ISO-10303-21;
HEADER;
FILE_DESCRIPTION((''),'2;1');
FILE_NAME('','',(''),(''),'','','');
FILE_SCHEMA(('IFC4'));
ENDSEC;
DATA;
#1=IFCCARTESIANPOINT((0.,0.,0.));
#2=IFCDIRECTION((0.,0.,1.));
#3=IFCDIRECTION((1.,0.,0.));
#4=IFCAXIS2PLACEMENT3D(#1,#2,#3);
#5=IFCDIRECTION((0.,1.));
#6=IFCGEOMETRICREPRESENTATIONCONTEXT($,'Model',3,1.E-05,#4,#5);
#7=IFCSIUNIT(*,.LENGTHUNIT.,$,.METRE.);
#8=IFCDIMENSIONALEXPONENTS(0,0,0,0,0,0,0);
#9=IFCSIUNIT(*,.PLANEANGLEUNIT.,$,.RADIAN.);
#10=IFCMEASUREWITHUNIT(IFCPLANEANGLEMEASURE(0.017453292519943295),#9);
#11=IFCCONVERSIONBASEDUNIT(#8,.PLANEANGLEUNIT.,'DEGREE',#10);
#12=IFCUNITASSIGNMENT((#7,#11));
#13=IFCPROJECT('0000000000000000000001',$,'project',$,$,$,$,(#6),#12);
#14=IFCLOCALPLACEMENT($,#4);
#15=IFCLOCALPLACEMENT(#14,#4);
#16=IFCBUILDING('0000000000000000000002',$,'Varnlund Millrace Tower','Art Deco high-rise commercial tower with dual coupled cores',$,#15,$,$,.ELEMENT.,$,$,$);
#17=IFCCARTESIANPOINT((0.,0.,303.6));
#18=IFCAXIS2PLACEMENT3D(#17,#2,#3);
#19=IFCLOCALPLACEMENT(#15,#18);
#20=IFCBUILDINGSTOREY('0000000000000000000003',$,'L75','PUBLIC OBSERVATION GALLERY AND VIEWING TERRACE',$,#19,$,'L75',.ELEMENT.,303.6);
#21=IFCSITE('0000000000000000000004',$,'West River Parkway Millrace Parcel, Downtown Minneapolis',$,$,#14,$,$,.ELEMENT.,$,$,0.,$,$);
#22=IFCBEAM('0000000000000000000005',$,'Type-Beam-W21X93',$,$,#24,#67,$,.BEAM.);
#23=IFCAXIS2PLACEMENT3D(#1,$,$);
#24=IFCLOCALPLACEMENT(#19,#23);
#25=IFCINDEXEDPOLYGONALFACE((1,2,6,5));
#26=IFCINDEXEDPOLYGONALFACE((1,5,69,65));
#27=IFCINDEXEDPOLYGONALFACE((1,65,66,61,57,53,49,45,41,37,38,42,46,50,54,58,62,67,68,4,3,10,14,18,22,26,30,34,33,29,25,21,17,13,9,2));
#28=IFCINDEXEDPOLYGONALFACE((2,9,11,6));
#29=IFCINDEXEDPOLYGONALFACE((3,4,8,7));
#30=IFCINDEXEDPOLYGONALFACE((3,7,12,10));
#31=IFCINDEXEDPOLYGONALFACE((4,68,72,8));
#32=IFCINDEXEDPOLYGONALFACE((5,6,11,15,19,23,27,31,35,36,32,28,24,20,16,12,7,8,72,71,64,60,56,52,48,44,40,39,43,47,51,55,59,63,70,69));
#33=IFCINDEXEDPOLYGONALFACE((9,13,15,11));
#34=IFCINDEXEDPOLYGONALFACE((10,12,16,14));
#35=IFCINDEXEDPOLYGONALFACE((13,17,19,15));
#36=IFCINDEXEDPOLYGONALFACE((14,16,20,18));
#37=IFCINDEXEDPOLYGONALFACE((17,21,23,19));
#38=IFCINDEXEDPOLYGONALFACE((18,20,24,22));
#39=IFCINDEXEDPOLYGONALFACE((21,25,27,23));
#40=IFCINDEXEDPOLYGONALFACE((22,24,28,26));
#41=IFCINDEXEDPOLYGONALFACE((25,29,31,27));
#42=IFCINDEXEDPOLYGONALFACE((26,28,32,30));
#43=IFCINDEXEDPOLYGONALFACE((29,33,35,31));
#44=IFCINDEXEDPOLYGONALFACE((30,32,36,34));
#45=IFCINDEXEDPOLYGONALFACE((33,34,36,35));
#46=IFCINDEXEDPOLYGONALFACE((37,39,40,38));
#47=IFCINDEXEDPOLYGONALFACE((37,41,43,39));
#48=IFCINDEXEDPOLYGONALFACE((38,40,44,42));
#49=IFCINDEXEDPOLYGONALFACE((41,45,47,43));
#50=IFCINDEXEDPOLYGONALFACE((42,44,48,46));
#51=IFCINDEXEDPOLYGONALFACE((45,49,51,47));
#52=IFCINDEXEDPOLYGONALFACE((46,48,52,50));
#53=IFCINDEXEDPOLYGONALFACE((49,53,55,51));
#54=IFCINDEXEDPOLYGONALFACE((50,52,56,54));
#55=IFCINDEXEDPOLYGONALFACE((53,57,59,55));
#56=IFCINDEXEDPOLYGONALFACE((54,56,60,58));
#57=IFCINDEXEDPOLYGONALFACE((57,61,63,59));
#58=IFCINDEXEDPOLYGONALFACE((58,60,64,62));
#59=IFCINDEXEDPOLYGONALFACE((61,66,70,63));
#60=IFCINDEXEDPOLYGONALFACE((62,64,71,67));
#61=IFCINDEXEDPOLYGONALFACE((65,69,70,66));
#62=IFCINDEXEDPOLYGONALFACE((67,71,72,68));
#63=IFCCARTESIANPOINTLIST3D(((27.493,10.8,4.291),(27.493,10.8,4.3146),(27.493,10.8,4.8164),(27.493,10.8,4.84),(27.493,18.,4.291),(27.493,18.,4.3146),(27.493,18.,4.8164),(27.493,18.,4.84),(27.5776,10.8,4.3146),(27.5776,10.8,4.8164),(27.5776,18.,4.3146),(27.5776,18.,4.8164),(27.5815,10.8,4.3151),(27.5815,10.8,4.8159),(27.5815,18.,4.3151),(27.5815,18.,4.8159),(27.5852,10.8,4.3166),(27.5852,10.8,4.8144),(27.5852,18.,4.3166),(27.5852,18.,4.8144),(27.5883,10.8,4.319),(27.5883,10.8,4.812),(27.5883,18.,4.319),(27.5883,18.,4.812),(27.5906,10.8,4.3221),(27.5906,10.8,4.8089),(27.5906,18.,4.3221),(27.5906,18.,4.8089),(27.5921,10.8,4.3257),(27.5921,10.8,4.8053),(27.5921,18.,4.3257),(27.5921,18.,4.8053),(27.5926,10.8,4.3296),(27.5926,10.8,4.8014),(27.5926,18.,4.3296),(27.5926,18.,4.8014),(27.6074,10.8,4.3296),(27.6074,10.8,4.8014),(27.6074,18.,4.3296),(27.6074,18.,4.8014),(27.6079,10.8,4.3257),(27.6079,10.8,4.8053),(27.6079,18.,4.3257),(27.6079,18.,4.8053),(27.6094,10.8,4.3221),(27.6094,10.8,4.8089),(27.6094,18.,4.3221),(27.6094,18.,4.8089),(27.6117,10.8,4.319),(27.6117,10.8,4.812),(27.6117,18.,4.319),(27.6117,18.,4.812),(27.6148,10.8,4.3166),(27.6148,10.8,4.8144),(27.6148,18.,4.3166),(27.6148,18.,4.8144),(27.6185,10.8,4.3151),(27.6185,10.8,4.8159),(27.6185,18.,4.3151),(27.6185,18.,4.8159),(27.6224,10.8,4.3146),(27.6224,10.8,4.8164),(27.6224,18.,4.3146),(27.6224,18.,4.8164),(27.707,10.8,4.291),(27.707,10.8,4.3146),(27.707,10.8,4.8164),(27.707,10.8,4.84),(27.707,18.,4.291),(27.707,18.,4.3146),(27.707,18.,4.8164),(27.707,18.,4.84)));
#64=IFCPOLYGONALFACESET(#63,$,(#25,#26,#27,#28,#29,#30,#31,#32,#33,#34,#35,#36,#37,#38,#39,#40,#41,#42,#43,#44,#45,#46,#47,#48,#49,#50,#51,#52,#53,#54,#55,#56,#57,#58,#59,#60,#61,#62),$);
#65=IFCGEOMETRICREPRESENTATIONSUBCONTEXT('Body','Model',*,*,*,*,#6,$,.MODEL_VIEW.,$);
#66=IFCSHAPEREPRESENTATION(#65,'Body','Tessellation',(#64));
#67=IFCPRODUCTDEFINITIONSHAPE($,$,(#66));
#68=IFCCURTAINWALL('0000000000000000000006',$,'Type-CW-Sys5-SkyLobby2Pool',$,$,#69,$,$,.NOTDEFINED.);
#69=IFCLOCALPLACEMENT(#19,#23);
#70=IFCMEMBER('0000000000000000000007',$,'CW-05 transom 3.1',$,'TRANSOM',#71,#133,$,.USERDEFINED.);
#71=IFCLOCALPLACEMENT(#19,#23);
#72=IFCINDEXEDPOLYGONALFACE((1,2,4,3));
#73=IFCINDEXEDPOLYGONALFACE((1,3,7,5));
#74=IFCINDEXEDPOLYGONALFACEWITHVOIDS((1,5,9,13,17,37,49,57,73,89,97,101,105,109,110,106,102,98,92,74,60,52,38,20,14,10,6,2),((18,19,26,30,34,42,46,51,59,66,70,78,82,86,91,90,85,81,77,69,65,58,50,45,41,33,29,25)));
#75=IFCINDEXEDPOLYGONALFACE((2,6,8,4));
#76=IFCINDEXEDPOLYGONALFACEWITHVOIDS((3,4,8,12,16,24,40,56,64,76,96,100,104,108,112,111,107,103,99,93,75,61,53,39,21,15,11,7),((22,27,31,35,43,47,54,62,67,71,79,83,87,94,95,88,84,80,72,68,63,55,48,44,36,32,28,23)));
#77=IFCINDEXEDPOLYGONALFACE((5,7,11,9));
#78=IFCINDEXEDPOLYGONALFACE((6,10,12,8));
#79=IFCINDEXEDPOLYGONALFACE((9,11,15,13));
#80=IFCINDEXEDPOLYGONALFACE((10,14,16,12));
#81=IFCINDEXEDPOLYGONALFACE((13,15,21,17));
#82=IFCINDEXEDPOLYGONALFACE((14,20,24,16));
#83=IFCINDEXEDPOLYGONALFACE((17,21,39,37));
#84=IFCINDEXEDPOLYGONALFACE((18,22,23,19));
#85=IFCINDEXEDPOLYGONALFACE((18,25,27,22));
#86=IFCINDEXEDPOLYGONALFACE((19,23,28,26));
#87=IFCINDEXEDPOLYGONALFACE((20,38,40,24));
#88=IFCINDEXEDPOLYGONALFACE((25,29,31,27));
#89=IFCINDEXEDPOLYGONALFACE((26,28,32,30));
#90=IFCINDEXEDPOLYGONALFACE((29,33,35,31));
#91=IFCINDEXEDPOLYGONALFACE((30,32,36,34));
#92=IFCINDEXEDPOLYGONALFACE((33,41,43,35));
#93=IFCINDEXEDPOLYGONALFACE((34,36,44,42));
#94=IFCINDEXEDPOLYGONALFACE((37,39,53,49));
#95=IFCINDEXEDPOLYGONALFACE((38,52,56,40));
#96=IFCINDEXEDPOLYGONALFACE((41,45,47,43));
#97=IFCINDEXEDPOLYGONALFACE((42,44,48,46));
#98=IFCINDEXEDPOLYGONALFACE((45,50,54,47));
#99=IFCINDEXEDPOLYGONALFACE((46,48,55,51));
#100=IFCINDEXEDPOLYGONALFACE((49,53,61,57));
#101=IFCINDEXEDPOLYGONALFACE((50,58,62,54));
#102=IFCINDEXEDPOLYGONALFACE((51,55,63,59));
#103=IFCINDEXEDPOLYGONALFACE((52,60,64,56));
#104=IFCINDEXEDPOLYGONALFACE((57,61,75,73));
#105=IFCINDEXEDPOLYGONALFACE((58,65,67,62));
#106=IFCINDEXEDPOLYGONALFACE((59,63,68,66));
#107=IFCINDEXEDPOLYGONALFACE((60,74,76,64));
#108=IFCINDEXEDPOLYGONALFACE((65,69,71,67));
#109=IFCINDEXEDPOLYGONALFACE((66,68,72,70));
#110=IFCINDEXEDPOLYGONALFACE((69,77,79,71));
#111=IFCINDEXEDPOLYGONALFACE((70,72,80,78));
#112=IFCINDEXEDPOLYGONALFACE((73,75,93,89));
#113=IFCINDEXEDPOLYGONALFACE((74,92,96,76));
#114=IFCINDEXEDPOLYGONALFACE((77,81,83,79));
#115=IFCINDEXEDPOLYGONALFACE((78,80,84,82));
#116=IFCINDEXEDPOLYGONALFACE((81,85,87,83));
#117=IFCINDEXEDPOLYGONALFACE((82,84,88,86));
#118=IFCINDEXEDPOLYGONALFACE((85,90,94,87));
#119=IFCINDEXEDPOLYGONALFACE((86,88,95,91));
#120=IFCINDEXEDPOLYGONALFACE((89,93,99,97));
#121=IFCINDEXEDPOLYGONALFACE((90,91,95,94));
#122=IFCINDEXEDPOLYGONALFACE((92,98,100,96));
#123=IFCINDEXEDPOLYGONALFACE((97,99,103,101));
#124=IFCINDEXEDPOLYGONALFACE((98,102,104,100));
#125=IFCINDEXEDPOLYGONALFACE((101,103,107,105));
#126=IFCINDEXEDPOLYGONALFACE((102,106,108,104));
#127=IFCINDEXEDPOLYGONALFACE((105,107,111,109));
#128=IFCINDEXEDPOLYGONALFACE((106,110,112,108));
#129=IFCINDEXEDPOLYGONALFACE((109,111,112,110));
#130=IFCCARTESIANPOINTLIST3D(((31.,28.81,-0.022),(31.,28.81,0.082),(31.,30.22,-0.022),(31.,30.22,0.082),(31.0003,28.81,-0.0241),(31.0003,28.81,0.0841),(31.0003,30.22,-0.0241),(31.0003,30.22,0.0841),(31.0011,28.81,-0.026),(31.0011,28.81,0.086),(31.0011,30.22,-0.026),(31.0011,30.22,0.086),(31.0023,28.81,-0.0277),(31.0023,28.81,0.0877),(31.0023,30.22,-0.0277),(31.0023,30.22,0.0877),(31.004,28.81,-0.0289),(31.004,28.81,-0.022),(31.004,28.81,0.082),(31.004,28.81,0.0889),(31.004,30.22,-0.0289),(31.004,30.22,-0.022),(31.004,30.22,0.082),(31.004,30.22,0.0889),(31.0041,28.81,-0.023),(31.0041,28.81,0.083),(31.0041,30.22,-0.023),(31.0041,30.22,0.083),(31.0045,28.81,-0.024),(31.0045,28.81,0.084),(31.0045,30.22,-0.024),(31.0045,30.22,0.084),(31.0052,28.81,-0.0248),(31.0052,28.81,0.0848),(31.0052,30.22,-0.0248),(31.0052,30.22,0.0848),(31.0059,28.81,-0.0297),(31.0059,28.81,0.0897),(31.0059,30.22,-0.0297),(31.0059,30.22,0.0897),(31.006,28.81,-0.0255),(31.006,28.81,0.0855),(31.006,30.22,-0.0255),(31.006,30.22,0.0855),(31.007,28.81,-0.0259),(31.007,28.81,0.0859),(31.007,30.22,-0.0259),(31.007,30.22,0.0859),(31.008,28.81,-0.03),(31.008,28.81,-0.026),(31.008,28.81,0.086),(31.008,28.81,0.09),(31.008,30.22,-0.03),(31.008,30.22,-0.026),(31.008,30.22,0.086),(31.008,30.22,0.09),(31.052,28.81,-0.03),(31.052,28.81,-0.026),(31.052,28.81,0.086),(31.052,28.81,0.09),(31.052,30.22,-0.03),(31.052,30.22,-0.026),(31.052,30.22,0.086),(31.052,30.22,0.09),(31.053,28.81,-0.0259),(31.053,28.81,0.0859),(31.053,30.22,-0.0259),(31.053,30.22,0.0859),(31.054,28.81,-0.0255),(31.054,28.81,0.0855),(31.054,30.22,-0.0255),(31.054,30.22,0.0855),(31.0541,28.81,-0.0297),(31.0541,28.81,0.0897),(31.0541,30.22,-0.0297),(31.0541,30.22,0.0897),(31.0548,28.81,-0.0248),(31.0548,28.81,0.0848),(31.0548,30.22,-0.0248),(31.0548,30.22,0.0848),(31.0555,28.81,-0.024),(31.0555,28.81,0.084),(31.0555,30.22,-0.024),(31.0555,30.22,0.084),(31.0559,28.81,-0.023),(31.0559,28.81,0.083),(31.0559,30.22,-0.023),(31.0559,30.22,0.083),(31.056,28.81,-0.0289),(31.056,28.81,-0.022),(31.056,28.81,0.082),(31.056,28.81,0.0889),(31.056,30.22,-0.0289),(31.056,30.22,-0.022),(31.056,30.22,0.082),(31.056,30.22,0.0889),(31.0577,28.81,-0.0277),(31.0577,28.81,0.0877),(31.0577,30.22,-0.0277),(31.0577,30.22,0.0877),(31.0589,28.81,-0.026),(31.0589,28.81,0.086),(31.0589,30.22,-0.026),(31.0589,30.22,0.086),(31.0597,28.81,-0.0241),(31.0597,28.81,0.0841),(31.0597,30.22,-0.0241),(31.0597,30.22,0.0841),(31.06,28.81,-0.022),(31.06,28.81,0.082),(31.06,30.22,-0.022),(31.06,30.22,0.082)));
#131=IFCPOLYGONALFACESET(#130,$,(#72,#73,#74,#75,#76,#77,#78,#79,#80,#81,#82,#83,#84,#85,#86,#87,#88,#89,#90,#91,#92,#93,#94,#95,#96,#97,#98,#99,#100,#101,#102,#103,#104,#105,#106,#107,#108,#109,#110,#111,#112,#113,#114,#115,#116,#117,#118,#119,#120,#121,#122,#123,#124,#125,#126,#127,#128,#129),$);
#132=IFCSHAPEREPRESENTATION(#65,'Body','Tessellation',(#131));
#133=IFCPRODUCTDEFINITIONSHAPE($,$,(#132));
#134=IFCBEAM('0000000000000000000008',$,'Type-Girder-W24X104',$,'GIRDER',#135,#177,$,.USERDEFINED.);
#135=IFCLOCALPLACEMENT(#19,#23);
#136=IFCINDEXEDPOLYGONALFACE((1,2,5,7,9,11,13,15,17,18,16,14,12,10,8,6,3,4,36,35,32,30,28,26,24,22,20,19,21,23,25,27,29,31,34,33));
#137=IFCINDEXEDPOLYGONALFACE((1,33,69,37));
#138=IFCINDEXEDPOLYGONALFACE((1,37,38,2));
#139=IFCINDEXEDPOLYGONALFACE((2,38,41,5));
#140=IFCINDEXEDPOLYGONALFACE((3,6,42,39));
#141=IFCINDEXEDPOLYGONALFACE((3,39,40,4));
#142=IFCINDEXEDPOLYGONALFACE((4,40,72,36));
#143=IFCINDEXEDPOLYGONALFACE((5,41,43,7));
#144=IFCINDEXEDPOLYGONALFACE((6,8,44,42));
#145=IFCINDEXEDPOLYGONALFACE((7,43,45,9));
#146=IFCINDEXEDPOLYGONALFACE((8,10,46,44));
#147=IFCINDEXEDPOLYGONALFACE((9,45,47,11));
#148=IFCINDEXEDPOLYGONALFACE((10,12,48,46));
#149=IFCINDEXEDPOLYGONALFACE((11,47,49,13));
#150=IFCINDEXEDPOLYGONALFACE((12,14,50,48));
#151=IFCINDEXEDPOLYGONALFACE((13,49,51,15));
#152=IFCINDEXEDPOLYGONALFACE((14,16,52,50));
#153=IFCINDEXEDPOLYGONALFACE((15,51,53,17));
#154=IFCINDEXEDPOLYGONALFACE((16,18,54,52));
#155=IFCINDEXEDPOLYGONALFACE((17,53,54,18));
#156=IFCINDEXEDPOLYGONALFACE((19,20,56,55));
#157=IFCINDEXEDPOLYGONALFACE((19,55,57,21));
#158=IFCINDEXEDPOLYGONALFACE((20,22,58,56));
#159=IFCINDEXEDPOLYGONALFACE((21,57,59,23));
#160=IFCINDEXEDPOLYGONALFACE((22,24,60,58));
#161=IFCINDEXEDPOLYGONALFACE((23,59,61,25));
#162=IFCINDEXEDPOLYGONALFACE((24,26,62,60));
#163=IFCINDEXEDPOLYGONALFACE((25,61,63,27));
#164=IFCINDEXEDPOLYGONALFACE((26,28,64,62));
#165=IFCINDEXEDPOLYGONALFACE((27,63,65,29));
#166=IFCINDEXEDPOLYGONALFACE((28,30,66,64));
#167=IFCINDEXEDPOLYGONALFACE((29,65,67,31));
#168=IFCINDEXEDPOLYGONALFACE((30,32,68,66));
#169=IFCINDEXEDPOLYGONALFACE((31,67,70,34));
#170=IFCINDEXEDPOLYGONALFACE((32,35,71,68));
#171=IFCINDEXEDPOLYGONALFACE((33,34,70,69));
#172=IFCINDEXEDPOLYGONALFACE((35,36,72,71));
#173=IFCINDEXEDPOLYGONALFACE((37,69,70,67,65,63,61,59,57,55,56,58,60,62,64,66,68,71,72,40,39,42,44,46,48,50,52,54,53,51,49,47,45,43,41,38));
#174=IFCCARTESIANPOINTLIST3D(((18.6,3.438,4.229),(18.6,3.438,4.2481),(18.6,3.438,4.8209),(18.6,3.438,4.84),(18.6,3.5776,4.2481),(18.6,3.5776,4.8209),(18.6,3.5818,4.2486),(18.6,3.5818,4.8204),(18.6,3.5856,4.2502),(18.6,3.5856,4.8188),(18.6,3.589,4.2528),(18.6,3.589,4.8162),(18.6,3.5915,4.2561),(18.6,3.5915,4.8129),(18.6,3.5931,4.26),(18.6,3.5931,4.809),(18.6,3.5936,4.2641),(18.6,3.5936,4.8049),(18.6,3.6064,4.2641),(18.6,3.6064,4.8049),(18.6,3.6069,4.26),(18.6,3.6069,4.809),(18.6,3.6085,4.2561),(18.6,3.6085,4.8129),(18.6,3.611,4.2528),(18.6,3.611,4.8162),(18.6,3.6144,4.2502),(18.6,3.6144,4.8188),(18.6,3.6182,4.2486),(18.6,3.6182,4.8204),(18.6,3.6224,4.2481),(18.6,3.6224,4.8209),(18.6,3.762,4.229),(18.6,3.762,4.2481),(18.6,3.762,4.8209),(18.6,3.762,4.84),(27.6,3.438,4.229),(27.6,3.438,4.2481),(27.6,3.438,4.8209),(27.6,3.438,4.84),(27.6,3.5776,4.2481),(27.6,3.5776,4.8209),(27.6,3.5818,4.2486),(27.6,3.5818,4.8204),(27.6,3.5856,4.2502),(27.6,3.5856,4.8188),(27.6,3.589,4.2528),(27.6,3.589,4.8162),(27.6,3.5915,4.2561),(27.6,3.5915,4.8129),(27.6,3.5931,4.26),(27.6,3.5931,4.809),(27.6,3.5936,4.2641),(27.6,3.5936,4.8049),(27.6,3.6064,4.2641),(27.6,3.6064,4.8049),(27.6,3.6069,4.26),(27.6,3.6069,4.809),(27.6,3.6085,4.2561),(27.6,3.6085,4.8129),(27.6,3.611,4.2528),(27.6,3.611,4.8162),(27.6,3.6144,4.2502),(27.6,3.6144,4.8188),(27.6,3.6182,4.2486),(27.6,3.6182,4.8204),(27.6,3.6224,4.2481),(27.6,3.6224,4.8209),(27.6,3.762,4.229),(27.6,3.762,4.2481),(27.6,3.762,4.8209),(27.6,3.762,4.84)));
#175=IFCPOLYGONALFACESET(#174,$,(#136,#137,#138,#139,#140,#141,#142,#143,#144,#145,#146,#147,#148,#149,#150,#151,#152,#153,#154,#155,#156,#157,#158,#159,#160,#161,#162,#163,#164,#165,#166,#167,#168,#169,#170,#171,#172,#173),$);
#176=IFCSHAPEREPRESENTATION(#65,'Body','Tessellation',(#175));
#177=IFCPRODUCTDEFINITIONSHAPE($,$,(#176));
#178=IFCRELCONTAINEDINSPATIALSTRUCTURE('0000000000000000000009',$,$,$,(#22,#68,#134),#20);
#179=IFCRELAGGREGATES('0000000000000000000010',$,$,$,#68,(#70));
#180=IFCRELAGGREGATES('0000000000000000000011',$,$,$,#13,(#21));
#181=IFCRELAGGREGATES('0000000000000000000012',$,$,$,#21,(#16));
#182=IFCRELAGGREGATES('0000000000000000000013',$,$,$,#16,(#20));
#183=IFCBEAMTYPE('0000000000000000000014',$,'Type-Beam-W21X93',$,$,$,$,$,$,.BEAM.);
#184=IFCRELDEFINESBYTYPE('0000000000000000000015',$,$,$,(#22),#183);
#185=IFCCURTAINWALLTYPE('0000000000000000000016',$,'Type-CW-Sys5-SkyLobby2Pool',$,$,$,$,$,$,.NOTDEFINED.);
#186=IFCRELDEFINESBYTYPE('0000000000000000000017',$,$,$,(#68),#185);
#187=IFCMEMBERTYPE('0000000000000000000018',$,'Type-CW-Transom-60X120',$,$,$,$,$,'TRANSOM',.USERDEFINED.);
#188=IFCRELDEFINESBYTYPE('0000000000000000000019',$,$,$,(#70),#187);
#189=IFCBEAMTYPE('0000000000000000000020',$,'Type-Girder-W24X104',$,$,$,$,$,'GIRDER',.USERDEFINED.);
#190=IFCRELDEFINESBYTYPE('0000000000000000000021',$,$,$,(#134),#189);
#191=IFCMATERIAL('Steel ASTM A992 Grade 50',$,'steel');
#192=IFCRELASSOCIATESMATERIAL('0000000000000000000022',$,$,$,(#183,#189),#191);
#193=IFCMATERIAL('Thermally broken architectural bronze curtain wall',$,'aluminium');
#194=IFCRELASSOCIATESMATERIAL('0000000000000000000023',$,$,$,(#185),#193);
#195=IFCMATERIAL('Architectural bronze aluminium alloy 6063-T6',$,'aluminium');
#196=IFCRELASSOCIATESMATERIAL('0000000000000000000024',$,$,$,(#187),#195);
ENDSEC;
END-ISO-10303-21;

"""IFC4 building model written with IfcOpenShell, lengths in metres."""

from ifc_helpers import new_model, entity, si_unit, converted_unit, direction, frame, origin_with_axes, origin_2d_with_axis, place, context, subcontext, project, spatial, hollow_rectangle, i_section, extrude, material, material_profile, profile_set, type_object, element, aggregate, save


model = new_model("IFC4")

# Units and contexts
model_context = context("Model", 3, precision=1e-05, world=origin_with_axes(), true_north=direction((0.0, 1.0)))
body_context = subcontext(model_context, "Body", "Model", "MODEL_VIEW")
ifc_project = project(units=[si_unit("LENGTHUNIT", "METRE"), converted_unit("PLANEANGLEUNIT", "DEGREE", entity("IfcPlaneAngleMeasure", 0.017453292519943295), si_unit("PLANEANGLEUNIT", "RADIAN"), dimensions=[0, 0, 0, 0, 0, 0, 0])], contexts=[model_context])

# Site, building, storey
site_placement = place(None, origin_with_axes())
site = spatial("IfcSite", under=ifc_project, at=site_placement, Name="West River Parkway Millrace Parcel, Downtown Minneapolis", CompositionType="ELEMENT", RefElevation=0.0)
building_placement = place(site_placement, origin_with_axes())
building = spatial("IfcBuilding", under=site, at=building_placement, Name="Varnlund Millrace Tower", Description="Art Deco high-rise commercial tower with dual coupled cores", CompositionType="ELEMENT")
storey_placement = place(building_placement, frame((0.0, 0.0, 303.6), z_axis=(0.0, 0.0, 1.0), x_axis=(1.0, 0.0, 0.0)))
storey = spatial("IfcBuildingStorey", under=building, at=storey_placement, Name="L75", Description="PUBLIC OBSERVATION GALLERY AND VIEWING TERRACE", LongName="L75", CompositionType="ELEMENT", Elevation=303.6)

# Beam
ifc_material_1 = material(Name="Steel ASTM A992 Grade 50", Category="steel")
ifc_material_profile_1 = material_profile(ifc_material_1, i_section(OverallWidth=0.214, OverallDepth=0.549, WebThickness=0.0147, FlangeThickness=0.0236, FilletRadius=0.015, at=origin_2d_with_axis()), Name="Steel ASTM A992 Grade 50")
ifc_profile_set_1 = profile_set([ifc_material_profile_1], Name="Steel ASTM A992 Grade 50")
beam_type_1 = type_object("IfcBeamType", Name="Type-Beam-W21X93", PredefinedType="BEAM", material=ifc_profile_set_1)
for number, where, z_axis, x_axis, name in (
    (1, (27.6, 10.8, 4.5655), (0.0, 1.0, 0.0), (-1.0, 0.0, 0.0), "Type-Beam-W21X93"),
):
    element("IfcBeam", number, at=place(storey_placement, frame(where, z_axis=z_axis, x_axis=x_axis)), inside=storey, type_object=beam_type_1, Name=name, PredefinedType="BEAM", context=body_context, shape_type="SweptSolid", body=[
        extrude(i_section(OverallWidth=0.214, OverallDepth=0.549, WebThickness=0.0147, FlangeThickness=0.0236, FilletRadius=0.015, at=origin_2d_with_axis()), origin_with_axes(), (0.0, 0.0, 1.0), 7.2),
    ])

# Curtain wall, member
ifc_material_2 = material(Name="Thermally broken architectural bronze curtain wall", Category="aluminium")
curtain_wall_type = type_object("IfcCurtainWallType", Name="Type-CW-Sys5-SkyLobby2Pool", PredefinedType="NOTDEFINED", material=ifc_material_2)
curtain_wall_placement = place(storey_placement, frame((31.03, 33.25, 0.0), z_axis=(0.0, 0.0, 1.0), x_axis=(1.0, 0.0, 0.0)))
curtain_wall = element("IfcCurtainWall", 2, at=curtain_wall_placement, inside=storey, type_object=curtain_wall_type, Name="Type-CW-Sys5-SkyLobby2Pool", PredefinedType="NOTDEFINED")
ifc_material_3 = material(Name="Architectural bronze aluminium alloy 6063-T6", Category="aluminium")
ifc_material_profile_2 = material_profile(ifc_material_3, hollow_rectangle(XDim=0.06, YDim=0.12, WallThickness=0.004, InnerFilletRadius=0.004, OuterFilletRadius=0.008, at=origin_2d_with_axis()), Name="Architectural bronze aluminium alloy 6063-T6")
ifc_profile_set_2 = profile_set([ifc_material_profile_2], Name="Architectural bronze aluminium alloy 6063-T6")
member_type = type_object("IfcMemberType", Name="Type-CW-Transom-60X120", ElementType="TRANSOM", PredefinedType="USERDEFINED", material=ifc_profile_set_2)
member_placement = place(storey_placement, frame((31.03, 30.22, 0.03), z_axis=(0.0, -1.0, 0.0), x_axis=(1.0, 0.0, 0.0)))
member = element("IfcMember", 3, at=member_placement, type_object=member_type, Name="CW-05 transom 3.1", ObjectType="TRANSOM", PredefinedType="USERDEFINED", context=body_context, shape_type="SweptSolid", body=[
    extrude(hollow_rectangle(XDim=0.06, YDim=0.12, WallThickness=0.004, InnerFilletRadius=0.004, OuterFilletRadius=0.008, at=origin_2d_with_axis()), origin_with_axes(), (0.0, 0.0, 1.0), 1.41),
])

# Beam
ifc_material_profile_3 = material_profile(ifc_material_1, i_section(OverallWidth=0.324, OverallDepth=0.611, WebThickness=0.0127, FlangeThickness=0.0191, FilletRadius=0.016, at=origin_2d_with_axis()), Name="Steel ASTM A992 Grade 50")
ifc_profile_set_3 = profile_set([ifc_material_profile_3], Name="Steel ASTM A992 Grade 50")
beam_type_2 = type_object("IfcBeamType", Name="Type-Girder-W24X104", ElementType="GIRDER", PredefinedType="USERDEFINED", material=ifc_profile_set_3)
for number, where, z_axis, x_axis, name in (
    (4, (18.6, 3.6, 4.5345), (1.0, 0.0, 0.0), (0.0, 1.0, 0.0), "Type-Girder-W24X104"),
):
    element("IfcBeam", number, at=place(storey_placement, frame(where, z_axis=z_axis, x_axis=x_axis)), inside=storey, type_object=beam_type_2, Name=name, ObjectType="GIRDER", PredefinedType="USERDEFINED", context=body_context, shape_type="SweptSolid", body=[
        extrude(i_section(OverallWidth=0.324, OverallDepth=0.611, WebThickness=0.0127, FlangeThickness=0.0191, FilletRadius=0.016, at=origin_2d_with_axis()), origin_with_axes(), (0.0, 0.0, 1.0), 9.0),
    ])

aggregate(curtain_wall, [member])

save(model, "model.ifc")
